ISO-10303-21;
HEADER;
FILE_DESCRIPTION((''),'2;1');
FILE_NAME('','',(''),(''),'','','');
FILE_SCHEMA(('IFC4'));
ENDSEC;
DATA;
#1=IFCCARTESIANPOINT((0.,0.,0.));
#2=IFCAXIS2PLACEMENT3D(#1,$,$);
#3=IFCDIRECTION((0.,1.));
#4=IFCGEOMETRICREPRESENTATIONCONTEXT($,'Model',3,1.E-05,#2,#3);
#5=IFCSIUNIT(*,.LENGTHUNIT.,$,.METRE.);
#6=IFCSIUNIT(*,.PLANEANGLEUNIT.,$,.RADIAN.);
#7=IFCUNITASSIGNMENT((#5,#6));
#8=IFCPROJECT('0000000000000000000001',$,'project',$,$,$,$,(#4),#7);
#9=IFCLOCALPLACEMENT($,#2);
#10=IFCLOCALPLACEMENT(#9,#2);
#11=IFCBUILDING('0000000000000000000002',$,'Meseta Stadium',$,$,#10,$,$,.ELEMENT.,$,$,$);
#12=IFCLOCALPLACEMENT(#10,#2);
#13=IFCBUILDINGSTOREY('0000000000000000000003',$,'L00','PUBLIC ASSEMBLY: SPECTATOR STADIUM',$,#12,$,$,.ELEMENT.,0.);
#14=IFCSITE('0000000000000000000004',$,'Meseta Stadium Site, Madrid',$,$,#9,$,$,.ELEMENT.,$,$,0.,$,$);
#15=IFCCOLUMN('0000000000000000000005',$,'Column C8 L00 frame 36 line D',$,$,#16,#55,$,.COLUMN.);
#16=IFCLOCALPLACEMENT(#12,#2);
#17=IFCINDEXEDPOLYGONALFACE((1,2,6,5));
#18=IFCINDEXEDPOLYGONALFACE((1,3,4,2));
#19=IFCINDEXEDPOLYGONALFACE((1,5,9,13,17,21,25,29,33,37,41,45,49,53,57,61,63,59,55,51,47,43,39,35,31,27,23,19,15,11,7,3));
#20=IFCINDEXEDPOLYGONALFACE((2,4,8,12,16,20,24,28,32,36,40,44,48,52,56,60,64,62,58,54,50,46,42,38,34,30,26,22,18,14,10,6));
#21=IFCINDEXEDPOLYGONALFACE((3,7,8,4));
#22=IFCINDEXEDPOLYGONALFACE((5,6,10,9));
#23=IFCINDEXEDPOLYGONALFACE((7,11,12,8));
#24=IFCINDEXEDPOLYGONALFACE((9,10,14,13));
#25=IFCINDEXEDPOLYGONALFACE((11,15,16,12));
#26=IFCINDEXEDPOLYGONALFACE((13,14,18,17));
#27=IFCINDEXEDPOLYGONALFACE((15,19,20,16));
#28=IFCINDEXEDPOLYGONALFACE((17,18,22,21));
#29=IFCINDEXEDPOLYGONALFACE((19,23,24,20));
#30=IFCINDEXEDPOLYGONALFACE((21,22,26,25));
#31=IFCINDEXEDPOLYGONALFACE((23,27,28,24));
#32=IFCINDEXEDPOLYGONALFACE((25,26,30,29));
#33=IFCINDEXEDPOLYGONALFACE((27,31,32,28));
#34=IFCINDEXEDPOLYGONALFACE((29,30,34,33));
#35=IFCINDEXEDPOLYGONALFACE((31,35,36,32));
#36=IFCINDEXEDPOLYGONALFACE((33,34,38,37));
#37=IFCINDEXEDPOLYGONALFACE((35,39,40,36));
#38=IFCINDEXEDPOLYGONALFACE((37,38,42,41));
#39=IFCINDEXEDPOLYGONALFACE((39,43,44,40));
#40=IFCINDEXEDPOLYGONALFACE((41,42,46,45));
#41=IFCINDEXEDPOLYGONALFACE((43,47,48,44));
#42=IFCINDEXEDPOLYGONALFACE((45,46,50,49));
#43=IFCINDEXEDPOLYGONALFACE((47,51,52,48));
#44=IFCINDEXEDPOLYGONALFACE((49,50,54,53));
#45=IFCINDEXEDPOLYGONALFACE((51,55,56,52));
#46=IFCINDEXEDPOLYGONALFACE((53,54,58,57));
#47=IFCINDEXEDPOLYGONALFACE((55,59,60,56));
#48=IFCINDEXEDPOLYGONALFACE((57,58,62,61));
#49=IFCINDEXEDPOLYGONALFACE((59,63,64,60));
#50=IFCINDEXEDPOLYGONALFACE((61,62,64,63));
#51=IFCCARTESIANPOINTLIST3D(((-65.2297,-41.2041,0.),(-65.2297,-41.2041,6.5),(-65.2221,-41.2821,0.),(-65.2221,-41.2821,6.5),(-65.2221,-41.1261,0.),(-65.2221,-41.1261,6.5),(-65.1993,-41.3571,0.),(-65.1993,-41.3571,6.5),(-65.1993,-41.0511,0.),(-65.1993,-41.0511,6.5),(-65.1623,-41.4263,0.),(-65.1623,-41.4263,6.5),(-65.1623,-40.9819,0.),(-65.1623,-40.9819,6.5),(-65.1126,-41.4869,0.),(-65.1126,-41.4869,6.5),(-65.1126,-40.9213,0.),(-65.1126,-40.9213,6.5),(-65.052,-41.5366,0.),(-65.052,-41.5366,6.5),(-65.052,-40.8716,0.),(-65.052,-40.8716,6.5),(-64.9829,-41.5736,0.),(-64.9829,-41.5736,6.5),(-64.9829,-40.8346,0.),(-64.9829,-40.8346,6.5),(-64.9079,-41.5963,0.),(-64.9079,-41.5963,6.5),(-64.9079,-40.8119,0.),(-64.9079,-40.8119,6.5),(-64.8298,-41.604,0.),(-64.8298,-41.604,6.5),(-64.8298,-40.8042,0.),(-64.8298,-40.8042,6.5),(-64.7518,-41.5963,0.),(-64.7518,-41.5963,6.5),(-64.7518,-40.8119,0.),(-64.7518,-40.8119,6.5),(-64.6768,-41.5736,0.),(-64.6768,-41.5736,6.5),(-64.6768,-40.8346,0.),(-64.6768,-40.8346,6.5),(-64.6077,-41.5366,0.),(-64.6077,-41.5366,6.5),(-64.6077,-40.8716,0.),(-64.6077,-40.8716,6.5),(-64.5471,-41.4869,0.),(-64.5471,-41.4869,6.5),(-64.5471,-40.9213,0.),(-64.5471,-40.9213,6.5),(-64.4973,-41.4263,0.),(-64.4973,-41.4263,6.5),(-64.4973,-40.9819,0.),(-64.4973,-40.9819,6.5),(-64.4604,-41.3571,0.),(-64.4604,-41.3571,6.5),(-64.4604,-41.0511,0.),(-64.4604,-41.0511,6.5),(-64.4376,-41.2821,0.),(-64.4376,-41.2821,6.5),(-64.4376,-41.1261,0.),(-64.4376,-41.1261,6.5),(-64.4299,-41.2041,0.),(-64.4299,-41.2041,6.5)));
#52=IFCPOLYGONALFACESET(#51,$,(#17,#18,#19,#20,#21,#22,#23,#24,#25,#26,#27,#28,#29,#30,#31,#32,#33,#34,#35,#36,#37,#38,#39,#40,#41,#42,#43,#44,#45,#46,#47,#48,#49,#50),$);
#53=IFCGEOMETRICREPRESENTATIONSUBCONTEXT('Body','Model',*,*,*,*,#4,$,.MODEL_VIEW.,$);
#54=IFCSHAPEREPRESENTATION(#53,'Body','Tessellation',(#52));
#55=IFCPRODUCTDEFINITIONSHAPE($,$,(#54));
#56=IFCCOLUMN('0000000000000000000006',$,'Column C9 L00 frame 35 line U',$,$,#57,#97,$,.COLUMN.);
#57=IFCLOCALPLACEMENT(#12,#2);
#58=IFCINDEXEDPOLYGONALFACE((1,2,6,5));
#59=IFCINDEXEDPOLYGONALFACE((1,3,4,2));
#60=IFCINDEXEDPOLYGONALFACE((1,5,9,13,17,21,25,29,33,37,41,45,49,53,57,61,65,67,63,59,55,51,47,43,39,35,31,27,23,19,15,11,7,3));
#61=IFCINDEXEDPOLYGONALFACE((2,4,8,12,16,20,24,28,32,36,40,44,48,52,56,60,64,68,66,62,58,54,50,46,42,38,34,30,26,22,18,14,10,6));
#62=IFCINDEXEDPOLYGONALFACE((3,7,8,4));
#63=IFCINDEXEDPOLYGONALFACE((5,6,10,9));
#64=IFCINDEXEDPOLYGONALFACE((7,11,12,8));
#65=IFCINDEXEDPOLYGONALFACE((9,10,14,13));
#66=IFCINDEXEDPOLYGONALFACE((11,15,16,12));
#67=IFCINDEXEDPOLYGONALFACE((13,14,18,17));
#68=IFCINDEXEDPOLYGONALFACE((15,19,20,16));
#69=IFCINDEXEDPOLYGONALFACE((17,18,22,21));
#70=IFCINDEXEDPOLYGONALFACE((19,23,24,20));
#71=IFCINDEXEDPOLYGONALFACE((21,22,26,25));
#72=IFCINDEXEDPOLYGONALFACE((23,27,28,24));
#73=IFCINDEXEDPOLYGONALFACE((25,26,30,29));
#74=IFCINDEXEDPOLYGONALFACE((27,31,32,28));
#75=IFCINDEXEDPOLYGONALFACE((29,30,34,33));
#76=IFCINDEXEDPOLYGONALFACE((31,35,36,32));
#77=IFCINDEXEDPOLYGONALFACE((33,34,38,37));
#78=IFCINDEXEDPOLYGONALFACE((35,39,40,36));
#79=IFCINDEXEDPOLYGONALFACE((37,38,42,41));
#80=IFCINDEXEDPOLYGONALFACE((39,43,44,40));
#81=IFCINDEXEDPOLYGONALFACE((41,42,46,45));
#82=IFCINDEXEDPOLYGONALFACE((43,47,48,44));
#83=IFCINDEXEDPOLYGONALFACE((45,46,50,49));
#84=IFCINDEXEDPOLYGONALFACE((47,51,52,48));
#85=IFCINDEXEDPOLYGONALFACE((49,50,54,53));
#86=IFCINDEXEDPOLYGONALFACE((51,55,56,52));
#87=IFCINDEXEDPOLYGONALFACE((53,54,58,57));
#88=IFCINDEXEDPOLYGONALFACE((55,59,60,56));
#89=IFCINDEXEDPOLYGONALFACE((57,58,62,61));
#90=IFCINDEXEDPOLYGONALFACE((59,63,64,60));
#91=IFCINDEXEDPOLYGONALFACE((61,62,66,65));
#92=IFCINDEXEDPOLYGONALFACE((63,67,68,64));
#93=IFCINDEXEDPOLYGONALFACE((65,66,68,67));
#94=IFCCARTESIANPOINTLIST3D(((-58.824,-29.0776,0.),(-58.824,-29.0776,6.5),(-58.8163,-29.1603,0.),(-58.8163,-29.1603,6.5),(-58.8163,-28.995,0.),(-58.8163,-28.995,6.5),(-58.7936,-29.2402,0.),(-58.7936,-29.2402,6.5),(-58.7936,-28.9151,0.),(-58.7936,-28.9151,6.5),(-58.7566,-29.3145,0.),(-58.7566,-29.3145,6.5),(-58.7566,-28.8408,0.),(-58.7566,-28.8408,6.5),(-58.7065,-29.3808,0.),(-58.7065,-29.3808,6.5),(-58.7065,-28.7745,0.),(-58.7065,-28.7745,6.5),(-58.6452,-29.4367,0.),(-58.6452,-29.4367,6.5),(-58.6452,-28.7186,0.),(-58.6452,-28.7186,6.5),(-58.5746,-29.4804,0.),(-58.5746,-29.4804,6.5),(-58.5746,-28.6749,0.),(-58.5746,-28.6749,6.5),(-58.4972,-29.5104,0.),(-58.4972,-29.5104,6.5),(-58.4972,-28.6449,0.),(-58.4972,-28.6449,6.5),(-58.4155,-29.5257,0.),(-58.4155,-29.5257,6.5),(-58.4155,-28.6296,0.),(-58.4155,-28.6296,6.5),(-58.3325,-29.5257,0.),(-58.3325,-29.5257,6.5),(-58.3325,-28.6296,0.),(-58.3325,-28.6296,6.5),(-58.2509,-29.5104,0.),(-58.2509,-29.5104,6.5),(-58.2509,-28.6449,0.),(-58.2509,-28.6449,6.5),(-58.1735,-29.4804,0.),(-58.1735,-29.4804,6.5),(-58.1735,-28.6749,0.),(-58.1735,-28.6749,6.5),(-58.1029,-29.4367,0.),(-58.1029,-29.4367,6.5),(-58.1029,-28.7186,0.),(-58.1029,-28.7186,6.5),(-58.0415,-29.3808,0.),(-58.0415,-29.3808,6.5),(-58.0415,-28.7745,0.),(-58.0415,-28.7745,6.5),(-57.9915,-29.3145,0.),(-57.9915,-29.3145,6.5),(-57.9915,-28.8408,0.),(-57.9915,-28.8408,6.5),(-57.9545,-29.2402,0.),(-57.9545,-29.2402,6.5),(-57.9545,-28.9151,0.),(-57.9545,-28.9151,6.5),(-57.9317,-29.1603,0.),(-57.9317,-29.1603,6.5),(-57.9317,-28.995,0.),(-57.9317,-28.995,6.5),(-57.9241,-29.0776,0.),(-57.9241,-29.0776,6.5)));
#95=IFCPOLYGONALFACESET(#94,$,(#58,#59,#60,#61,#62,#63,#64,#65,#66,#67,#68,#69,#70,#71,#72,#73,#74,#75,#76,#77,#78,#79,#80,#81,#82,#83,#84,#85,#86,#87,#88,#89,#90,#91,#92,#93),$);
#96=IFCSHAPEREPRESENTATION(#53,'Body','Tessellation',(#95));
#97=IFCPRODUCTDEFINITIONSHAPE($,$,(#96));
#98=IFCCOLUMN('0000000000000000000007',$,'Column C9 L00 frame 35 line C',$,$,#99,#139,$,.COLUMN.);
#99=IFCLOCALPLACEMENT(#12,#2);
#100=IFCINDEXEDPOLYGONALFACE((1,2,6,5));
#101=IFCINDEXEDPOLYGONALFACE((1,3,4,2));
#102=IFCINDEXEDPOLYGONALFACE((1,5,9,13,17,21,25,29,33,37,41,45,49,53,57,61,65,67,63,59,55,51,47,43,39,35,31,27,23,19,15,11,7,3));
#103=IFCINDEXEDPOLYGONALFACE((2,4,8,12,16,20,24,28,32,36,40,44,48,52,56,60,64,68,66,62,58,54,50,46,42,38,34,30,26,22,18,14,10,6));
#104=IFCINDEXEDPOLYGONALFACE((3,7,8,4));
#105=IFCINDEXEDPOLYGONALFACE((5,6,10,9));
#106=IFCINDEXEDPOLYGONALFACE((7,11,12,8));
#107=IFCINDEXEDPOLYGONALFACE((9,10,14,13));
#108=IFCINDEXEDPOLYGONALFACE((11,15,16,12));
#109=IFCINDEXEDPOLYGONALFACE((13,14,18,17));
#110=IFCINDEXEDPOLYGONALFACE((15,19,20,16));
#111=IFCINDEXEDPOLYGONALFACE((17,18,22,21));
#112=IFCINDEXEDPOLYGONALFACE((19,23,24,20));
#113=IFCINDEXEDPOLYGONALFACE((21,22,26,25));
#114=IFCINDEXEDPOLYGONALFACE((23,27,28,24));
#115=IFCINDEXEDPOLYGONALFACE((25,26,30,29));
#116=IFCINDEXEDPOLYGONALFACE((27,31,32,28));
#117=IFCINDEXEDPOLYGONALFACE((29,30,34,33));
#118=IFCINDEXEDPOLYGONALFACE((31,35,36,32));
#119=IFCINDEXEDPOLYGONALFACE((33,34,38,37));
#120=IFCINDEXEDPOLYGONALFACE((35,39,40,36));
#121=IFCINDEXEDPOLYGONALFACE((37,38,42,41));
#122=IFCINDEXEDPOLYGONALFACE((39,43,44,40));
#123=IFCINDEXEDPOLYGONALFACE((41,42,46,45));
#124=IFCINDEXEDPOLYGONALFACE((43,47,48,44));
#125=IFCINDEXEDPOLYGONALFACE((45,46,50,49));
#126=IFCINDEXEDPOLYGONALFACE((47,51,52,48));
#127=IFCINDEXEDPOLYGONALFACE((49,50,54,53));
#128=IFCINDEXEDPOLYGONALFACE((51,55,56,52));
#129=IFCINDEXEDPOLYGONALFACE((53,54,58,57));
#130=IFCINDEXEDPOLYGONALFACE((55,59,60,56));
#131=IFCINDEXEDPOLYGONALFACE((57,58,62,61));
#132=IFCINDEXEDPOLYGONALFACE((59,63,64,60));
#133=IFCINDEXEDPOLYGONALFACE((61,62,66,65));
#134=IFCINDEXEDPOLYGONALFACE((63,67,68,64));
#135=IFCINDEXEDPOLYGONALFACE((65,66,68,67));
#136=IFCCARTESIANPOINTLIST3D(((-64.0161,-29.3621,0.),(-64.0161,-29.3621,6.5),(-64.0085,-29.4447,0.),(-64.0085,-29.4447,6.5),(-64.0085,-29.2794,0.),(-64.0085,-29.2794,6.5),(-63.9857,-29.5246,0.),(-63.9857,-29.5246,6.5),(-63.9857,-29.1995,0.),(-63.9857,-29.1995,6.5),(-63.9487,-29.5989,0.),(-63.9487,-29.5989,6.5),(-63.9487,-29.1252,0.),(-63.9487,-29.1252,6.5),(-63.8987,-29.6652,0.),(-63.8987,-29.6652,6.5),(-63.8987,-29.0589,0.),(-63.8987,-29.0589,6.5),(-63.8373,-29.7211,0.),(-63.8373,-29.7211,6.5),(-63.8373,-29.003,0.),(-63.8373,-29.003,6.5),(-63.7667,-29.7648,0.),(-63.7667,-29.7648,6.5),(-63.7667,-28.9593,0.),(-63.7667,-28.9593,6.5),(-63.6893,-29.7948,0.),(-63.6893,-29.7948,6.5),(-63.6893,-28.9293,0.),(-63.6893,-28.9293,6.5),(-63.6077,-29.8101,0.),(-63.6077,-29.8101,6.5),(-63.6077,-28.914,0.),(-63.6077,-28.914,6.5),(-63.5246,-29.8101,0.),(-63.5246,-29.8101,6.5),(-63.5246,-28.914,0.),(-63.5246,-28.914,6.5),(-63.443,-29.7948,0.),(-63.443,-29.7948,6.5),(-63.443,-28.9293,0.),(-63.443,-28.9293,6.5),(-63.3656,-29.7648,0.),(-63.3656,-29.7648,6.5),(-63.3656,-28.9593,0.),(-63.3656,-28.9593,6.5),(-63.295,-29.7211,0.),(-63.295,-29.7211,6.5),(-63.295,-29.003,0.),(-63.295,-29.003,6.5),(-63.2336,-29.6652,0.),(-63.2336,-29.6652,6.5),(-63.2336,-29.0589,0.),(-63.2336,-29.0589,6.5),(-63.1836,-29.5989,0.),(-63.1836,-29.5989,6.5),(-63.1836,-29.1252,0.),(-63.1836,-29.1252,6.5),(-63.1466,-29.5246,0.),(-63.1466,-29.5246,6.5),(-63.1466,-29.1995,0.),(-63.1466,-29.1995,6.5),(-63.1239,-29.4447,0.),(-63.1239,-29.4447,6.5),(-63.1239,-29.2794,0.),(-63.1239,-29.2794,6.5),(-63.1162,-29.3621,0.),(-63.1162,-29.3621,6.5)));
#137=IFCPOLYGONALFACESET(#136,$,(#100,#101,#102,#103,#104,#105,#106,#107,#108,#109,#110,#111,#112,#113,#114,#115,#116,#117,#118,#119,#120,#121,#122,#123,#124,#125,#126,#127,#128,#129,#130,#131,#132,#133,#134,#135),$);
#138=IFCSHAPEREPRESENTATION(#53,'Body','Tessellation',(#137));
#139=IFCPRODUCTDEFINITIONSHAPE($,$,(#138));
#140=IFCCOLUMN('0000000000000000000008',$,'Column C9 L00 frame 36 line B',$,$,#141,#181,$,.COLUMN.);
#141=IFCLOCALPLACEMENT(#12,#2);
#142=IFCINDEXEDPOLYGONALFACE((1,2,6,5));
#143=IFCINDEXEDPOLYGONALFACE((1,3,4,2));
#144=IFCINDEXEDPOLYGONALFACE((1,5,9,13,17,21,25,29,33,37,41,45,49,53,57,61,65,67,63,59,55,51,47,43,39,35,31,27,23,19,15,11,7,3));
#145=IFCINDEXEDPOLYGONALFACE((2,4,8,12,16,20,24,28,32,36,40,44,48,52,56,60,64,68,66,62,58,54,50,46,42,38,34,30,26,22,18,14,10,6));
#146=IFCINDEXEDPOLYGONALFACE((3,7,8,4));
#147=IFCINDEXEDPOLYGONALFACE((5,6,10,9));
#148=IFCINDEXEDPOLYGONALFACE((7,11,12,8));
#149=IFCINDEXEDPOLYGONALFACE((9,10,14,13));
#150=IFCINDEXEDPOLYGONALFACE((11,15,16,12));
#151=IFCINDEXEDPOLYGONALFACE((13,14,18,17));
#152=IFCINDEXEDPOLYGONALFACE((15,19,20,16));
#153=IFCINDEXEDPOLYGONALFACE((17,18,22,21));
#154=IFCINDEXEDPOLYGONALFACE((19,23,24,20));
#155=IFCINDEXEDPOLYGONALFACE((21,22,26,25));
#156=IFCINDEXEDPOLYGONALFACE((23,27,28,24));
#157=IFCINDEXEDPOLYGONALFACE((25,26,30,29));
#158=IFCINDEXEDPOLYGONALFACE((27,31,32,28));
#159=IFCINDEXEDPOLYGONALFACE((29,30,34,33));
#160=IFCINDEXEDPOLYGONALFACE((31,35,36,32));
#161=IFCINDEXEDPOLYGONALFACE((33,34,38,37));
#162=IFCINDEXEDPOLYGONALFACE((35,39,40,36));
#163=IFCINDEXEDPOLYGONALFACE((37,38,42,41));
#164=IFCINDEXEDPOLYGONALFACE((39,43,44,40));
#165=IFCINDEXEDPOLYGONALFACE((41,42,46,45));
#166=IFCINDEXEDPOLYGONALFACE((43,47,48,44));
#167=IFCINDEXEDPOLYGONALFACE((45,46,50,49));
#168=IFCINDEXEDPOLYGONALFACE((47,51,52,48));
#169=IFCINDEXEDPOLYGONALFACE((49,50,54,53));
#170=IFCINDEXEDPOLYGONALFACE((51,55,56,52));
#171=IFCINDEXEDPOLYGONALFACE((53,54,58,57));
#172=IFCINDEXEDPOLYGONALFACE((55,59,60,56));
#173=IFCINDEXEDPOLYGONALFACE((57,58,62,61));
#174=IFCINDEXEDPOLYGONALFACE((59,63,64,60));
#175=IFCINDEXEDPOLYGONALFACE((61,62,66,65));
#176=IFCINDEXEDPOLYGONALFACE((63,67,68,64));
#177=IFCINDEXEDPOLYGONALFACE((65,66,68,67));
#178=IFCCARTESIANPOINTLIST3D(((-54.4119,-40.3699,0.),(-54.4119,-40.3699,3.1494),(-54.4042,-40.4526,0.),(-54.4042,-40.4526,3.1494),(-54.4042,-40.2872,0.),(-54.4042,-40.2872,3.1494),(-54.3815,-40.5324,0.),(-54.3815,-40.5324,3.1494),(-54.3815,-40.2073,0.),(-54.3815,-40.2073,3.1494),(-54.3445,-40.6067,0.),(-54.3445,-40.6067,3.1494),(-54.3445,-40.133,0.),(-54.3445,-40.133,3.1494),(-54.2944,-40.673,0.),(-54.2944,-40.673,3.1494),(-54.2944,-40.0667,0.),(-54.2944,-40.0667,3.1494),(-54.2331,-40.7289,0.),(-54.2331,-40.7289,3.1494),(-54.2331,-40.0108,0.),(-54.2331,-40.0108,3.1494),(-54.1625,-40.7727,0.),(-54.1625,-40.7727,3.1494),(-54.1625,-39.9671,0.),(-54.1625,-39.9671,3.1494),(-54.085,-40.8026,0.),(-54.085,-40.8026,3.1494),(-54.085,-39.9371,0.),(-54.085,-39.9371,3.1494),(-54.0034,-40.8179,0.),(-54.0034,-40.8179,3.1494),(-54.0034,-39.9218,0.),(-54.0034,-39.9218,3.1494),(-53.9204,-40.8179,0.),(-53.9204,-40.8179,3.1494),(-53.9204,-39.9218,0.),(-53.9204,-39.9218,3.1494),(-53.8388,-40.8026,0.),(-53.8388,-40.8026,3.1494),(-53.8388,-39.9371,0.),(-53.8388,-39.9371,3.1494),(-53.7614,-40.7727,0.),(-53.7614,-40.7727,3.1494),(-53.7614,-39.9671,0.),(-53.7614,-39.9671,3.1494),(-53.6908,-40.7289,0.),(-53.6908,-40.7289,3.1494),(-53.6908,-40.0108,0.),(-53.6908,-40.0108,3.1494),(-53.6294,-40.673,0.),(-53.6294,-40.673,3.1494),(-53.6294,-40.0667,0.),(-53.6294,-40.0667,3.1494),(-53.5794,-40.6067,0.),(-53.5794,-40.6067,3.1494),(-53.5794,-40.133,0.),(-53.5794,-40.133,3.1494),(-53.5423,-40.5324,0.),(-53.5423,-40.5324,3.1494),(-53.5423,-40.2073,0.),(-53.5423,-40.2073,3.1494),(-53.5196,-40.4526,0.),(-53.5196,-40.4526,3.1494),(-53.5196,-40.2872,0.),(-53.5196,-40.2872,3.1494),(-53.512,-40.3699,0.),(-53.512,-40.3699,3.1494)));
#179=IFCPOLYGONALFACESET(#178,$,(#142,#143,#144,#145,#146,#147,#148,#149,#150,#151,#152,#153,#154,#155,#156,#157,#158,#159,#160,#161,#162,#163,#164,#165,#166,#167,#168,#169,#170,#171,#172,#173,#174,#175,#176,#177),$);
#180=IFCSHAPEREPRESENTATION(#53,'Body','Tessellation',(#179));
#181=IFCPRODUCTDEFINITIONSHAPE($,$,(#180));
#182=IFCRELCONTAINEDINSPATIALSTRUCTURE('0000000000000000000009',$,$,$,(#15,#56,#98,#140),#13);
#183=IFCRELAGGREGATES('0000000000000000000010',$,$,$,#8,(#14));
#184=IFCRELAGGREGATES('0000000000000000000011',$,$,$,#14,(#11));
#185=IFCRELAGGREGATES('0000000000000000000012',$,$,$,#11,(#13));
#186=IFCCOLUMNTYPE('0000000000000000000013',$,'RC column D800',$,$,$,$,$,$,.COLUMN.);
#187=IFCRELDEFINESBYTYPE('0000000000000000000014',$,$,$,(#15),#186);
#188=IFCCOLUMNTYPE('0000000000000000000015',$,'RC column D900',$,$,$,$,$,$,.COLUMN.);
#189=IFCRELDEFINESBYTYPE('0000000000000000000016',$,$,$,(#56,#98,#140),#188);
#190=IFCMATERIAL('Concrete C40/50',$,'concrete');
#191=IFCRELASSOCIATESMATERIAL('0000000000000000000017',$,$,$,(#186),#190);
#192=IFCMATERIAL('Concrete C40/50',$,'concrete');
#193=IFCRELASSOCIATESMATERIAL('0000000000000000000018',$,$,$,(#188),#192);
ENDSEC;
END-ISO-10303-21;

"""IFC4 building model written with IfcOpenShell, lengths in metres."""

from ifc_helpers import new_model, si_unit, direction, frame, origin, origin_2d, place, context, subcontext, project, spatial, circle, extrude, material, material_profile, profile_set, type_object, element, save


model = new_model("IFC4")

# Units and contexts
model_context = context("Model", 3, precision=1e-05, world=origin(), true_north=direction((0.0, 1.0)))
body_context = subcontext(model_context, "Body", "Model", "MODEL_VIEW")
ifc_project = project(units=[si_unit("LENGTHUNIT", "METRE"), si_unit("PLANEANGLEUNIT", "RADIAN")], contexts=[model_context])

# Site, building, storey
site_placement = place(None, origin())
site = spatial("IfcSite", under=ifc_project, at=site_placement, Name="Meseta Stadium Site, Madrid", CompositionType="ELEMENT", RefElevation=0.0)
building_placement = place(site_placement, origin())
building = spatial("IfcBuilding", under=site, at=building_placement, Name="Meseta Stadium", CompositionType="ELEMENT")
storey_placement = place(building_placement, origin())
storey = spatial("IfcBuildingStorey", under=building, at=storey_placement, Name="L00", Description="PUBLIC ASSEMBLY: SPECTATOR STADIUM", CompositionType="ELEMENT", Elevation=0.0)

# Columns
ifc_material_1 = material(Name="Concrete C40/50", Category="concrete")
ifc_material_profile_1 = material_profile(ifc_material_1, circle(Radius=0.3999, at=origin_2d()), Name="RC D800")
ifc_profile_set_1 = profile_set([ifc_material_profile_1], Name="Concrete C40/50")
column_type_1 = type_object("IfcColumnType", Name="RC column D800", PredefinedType="COLUMN", material=ifc_profile_set_1)
column_1_placement = place(storey_placement, frame((-64.8298, -41.2041, 0.0), z_axis=(0.0, 0.0, 1.0), x_axis=(1.0, 0.0, 0.0)))
element("IfcColumn", 1, at=column_1_placement, inside=storey, type_object=column_type_1, Name="Column C8 L00 frame 36 line D", PredefinedType="COLUMN", context=body_context, shape_type="SweptSolid", body=[
    extrude(circle(Radius=0.3999, at=origin_2d()), origin(), (0.0, 0.0, 1.0), 6.5),
])
ifc_material_2 = material(Name="Concrete C40/50", Category="concrete")
ifc_material_profile_2 = material_profile(ifc_material_2, circle(Radius=0.45, at=origin_2d()), Name="RC D900")
ifc_profile_set_2 = profile_set([ifc_material_profile_2], Name="Concrete C40/50")
column_type_2 = type_object("IfcColumnType", Name="RC column D900", PredefinedType="COLUMN", material=ifc_profile_set_2)
for number, where, z_axis, x_axis, name in (
    (2, (-58.374, -29.0776, 0.0), (0.0, 0.0, 1.0), (1.0, 0.0, 0.0), "Column C9 L00 frame 35 line U"),
    (3, (-63.5662, -29.3621, 0.0), (0.0, 0.0, 1.0), (1.0, 0.0, 0.0), "Column C9 L00 frame 35 line C"),
):
    element("IfcColumn", number, at=place(storey_placement, frame(where, z_axis=z_axis, x_axis=x_axis)), inside=storey, type_object=column_type_2, Name=name, PredefinedType="COLUMN", context=body_context, shape_type="SweptSolid", body=[
        extrude(circle(Radius=0.45, at=origin_2d()), origin(), (0.0, 0.0, 1.0), 6.5),
    ])
column_2_placement = place(storey_placement, frame((-53.9619, -40.3699, 0.0), z_axis=(0.0, 0.0, 1.0), x_axis=(1.0, 0.0, 0.0)))
element("IfcColumn", 4, at=column_2_placement, inside=storey, type_object=column_type_2, Name="Column C9 L00 frame 36 line B", PredefinedType="COLUMN", context=body_context, shape_type="SweptSolid", body=[
    extrude(circle(Radius=0.45, at=origin_2d()), origin(), (0.0, 0.0, 1.0), 3.1494),
])

save(model, "model.ifc")
